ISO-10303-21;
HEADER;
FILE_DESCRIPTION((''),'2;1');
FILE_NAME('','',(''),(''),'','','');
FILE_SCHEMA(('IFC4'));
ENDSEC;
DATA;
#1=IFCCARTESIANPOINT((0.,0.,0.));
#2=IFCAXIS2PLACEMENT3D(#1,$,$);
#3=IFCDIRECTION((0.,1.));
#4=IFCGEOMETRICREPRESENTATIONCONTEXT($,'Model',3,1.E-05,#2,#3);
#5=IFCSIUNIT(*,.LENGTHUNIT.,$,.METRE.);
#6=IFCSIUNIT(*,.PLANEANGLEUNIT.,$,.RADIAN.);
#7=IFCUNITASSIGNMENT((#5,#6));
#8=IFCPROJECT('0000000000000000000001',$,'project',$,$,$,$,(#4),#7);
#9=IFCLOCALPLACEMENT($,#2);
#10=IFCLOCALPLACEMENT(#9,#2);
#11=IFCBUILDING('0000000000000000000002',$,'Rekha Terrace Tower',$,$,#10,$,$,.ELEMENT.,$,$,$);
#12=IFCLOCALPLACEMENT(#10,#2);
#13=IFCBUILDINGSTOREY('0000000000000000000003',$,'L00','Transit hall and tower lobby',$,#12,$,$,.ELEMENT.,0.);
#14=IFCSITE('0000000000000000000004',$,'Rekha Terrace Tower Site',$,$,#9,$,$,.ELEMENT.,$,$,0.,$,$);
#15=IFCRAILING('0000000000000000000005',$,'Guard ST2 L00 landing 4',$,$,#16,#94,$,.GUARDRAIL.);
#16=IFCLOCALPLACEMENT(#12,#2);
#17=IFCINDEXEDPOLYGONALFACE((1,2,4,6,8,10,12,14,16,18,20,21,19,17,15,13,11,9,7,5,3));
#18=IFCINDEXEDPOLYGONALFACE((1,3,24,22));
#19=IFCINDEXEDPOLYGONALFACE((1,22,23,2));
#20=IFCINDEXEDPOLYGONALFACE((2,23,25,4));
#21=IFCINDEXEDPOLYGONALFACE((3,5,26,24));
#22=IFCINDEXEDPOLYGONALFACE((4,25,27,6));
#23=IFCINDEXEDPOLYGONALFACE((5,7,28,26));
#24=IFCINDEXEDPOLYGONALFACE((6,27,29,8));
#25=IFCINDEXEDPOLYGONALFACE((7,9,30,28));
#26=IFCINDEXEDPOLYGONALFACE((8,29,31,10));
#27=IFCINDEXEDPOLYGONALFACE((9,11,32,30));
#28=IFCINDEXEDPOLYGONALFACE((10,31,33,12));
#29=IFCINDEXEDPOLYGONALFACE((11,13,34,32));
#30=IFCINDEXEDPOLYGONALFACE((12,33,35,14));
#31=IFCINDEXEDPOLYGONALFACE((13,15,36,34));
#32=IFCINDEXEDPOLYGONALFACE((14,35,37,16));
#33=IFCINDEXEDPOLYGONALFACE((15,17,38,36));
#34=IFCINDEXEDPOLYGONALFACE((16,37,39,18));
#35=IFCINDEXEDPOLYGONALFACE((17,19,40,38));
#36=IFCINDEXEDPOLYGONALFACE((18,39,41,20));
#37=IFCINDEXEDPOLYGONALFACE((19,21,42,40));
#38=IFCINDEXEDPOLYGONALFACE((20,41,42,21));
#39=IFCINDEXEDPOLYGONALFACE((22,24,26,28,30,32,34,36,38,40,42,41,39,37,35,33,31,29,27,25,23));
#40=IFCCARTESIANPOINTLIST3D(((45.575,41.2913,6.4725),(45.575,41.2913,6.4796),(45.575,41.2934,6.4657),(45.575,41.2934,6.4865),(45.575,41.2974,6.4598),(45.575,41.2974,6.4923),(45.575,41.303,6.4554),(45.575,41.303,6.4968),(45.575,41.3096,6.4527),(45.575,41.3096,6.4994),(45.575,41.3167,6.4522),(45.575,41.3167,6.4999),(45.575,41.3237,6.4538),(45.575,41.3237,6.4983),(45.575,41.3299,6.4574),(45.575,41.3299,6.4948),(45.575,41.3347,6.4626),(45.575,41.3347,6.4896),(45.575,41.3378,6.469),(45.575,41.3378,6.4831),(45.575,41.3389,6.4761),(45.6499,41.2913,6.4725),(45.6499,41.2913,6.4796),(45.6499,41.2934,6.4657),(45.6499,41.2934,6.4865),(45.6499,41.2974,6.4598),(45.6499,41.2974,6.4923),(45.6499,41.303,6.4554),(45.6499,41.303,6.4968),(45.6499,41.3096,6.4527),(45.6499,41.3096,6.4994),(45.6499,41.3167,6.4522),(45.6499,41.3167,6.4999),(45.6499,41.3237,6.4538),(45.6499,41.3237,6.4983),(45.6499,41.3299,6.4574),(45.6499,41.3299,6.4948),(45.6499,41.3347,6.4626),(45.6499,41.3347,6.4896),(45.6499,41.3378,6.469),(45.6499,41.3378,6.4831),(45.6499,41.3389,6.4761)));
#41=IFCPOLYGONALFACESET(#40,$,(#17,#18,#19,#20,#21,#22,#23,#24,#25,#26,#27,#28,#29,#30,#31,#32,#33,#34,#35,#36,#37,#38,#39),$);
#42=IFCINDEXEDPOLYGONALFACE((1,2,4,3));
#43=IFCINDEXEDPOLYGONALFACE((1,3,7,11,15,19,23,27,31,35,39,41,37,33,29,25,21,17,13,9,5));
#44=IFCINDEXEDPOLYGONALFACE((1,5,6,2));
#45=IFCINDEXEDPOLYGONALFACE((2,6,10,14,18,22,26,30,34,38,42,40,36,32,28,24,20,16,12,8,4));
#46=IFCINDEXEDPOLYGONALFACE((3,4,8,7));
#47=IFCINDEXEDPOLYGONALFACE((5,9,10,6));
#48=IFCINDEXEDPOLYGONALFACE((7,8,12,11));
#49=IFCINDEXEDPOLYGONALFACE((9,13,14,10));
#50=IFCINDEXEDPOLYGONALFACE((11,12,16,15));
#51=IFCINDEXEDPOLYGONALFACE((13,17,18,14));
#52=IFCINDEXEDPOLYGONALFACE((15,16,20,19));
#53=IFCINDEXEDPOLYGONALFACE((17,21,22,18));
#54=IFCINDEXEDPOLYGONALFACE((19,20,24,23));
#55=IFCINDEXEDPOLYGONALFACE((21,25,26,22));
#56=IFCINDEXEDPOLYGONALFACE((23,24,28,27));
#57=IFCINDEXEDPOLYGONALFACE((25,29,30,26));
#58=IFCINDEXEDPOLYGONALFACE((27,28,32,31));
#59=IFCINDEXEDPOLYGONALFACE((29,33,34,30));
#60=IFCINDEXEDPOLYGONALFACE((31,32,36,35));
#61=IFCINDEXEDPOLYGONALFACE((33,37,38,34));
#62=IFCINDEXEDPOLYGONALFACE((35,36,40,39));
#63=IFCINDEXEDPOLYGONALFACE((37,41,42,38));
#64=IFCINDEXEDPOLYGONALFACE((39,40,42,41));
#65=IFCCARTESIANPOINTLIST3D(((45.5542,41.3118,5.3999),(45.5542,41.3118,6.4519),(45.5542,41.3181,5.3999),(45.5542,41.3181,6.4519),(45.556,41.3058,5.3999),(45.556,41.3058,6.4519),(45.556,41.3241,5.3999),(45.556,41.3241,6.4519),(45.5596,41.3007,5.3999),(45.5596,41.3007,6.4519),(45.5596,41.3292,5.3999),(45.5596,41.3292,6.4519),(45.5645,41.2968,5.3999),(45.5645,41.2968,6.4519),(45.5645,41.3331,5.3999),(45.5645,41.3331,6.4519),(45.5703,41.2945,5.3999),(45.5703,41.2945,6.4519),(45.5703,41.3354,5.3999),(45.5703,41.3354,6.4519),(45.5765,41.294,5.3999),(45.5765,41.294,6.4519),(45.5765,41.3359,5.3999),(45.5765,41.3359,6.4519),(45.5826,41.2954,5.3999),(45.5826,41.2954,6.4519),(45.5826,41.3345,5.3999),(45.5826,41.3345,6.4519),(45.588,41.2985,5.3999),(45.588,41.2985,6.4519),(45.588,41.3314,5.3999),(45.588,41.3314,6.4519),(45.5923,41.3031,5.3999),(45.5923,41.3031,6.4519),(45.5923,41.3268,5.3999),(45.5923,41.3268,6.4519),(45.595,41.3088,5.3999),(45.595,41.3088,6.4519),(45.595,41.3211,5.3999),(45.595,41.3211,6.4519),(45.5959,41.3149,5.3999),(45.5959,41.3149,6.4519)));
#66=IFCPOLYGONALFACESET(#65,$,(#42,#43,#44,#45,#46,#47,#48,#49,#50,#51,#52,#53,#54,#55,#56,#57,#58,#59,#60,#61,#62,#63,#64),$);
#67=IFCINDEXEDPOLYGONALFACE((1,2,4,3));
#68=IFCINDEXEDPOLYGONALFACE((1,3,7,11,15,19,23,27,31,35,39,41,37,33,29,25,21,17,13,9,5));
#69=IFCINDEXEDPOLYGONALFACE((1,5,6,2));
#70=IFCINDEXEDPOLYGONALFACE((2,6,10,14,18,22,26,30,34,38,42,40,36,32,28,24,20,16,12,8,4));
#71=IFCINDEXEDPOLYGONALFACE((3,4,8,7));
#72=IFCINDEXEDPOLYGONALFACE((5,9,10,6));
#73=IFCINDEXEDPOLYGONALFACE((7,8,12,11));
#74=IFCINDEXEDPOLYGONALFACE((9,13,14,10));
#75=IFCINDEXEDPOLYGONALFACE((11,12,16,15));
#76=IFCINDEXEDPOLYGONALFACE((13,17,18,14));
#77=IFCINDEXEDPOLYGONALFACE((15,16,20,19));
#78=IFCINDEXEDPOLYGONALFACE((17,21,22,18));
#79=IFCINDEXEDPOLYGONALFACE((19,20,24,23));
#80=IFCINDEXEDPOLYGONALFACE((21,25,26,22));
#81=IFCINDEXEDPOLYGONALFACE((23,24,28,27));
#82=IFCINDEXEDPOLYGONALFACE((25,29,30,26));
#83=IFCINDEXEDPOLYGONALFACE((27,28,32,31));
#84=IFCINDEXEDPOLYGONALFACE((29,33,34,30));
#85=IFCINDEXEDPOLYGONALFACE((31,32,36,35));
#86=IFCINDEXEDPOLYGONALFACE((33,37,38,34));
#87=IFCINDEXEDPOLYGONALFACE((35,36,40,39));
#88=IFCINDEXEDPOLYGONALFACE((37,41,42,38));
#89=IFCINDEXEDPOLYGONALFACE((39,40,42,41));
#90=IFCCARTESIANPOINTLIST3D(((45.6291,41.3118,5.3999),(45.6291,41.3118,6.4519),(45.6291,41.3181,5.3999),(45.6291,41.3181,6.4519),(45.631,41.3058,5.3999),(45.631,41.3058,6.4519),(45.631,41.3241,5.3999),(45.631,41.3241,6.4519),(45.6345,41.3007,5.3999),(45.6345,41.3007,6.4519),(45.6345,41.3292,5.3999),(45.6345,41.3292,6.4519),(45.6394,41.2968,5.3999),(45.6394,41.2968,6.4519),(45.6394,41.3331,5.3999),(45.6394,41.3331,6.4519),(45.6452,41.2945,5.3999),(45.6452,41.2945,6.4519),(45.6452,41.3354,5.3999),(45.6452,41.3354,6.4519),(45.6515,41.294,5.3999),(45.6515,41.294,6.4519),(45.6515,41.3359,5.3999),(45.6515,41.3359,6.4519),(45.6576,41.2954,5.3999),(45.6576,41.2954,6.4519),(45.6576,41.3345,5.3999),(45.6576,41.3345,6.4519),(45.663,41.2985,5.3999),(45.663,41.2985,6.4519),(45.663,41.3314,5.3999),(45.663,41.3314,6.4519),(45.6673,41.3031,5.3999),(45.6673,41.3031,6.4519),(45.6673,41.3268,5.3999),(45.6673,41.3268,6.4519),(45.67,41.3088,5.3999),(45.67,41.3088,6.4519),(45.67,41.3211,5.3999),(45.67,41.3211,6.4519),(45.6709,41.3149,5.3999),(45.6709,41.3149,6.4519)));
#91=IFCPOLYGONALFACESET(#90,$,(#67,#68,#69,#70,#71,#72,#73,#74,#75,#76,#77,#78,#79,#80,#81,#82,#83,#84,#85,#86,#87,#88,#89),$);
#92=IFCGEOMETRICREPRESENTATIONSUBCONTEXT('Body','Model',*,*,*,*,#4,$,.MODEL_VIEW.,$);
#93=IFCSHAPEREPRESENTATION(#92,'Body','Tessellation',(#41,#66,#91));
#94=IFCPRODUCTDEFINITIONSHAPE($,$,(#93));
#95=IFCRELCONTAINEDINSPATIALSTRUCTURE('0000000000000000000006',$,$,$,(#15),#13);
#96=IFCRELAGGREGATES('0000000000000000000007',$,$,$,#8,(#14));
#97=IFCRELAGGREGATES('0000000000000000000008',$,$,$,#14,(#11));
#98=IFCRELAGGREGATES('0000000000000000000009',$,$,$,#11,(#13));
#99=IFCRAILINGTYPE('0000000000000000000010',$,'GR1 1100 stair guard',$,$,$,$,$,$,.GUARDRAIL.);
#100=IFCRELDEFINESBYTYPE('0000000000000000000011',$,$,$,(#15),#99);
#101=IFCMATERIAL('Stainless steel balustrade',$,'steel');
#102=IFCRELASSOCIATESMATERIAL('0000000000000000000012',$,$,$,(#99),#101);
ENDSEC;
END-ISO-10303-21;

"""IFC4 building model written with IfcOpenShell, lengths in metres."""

from ifc_helpers import new_model, si_unit, direction, frame, origin, origin_2d, place, context, subcontext, project, spatial, circle, extrude, material, type_object, element, save


model = new_model("IFC4")

# Units and contexts
model_context = context("Model", 3, precision=1e-05, world=origin(), true_north=direction((0.0, 1.0)))
body_context = subcontext(model_context, "Body", "Model", "MODEL_VIEW")
ifc_project = project(units=[si_unit("LENGTHUNIT", "METRE"), si_unit("PLANEANGLEUNIT", "RADIAN")], contexts=[model_context])

# Site, building, storey
site_placement = place(None, origin())
site = spatial("IfcSite", under=ifc_project, at=site_placement, Name="Rekha Terrace Tower Site", CompositionType="ELEMENT", RefElevation=0.0)
building_placement = place(site_placement, origin())
building = spatial("IfcBuilding", under=site, at=building_placement, Name="Rekha Terrace Tower", CompositionType="ELEMENT")
storey_placement = place(building_placement, origin())
storey = spatial("IfcBuildingStorey", under=building, at=storey_placement, Name="L00", Description="Transit hall and tower lobby", CompositionType="ELEMENT", Elevation=0.0)

# Railing
ifc_material_1 = material(Name="Stainless steel balustrade", Category="steel")
railing_type_1 = type_object("IfcRailingType", Name="GR1 1100 stair guard", PredefinedType="GUARDRAIL", material=ifc_material_1)
railing_1_placement = place(storey_placement, frame((45.575, 41.3149, 5.3999)))
element("IfcRailing", 1, at=railing_1_placement, inside=storey, type_object=railing_type_1, Name="Guard ST2 L00 landing 4", PredefinedType="GUARDRAIL", context=body_context, shape_type="SweptSolid", body=[
    extrude(circle(Radius=0.0239, at=origin_2d()), frame((0.0, 0.0, 1.0762), z_axis=(1.0, 0.0, 0.0), x_axis=(0.0, 1.0, 0.0)), (0.0, 0.0, 1.0), 0.075),
    extrude(circle(Radius=0.021, at=origin_2d()), origin(), (0.0, 0.0, 1.0), 1.052),
    extrude(circle(Radius=0.021, at=origin_2d()), frame((0.075, 0.0, 0.0)), (0.0, 0.0, 1.0), 1.052),
])

save(model, "model.ifc")
